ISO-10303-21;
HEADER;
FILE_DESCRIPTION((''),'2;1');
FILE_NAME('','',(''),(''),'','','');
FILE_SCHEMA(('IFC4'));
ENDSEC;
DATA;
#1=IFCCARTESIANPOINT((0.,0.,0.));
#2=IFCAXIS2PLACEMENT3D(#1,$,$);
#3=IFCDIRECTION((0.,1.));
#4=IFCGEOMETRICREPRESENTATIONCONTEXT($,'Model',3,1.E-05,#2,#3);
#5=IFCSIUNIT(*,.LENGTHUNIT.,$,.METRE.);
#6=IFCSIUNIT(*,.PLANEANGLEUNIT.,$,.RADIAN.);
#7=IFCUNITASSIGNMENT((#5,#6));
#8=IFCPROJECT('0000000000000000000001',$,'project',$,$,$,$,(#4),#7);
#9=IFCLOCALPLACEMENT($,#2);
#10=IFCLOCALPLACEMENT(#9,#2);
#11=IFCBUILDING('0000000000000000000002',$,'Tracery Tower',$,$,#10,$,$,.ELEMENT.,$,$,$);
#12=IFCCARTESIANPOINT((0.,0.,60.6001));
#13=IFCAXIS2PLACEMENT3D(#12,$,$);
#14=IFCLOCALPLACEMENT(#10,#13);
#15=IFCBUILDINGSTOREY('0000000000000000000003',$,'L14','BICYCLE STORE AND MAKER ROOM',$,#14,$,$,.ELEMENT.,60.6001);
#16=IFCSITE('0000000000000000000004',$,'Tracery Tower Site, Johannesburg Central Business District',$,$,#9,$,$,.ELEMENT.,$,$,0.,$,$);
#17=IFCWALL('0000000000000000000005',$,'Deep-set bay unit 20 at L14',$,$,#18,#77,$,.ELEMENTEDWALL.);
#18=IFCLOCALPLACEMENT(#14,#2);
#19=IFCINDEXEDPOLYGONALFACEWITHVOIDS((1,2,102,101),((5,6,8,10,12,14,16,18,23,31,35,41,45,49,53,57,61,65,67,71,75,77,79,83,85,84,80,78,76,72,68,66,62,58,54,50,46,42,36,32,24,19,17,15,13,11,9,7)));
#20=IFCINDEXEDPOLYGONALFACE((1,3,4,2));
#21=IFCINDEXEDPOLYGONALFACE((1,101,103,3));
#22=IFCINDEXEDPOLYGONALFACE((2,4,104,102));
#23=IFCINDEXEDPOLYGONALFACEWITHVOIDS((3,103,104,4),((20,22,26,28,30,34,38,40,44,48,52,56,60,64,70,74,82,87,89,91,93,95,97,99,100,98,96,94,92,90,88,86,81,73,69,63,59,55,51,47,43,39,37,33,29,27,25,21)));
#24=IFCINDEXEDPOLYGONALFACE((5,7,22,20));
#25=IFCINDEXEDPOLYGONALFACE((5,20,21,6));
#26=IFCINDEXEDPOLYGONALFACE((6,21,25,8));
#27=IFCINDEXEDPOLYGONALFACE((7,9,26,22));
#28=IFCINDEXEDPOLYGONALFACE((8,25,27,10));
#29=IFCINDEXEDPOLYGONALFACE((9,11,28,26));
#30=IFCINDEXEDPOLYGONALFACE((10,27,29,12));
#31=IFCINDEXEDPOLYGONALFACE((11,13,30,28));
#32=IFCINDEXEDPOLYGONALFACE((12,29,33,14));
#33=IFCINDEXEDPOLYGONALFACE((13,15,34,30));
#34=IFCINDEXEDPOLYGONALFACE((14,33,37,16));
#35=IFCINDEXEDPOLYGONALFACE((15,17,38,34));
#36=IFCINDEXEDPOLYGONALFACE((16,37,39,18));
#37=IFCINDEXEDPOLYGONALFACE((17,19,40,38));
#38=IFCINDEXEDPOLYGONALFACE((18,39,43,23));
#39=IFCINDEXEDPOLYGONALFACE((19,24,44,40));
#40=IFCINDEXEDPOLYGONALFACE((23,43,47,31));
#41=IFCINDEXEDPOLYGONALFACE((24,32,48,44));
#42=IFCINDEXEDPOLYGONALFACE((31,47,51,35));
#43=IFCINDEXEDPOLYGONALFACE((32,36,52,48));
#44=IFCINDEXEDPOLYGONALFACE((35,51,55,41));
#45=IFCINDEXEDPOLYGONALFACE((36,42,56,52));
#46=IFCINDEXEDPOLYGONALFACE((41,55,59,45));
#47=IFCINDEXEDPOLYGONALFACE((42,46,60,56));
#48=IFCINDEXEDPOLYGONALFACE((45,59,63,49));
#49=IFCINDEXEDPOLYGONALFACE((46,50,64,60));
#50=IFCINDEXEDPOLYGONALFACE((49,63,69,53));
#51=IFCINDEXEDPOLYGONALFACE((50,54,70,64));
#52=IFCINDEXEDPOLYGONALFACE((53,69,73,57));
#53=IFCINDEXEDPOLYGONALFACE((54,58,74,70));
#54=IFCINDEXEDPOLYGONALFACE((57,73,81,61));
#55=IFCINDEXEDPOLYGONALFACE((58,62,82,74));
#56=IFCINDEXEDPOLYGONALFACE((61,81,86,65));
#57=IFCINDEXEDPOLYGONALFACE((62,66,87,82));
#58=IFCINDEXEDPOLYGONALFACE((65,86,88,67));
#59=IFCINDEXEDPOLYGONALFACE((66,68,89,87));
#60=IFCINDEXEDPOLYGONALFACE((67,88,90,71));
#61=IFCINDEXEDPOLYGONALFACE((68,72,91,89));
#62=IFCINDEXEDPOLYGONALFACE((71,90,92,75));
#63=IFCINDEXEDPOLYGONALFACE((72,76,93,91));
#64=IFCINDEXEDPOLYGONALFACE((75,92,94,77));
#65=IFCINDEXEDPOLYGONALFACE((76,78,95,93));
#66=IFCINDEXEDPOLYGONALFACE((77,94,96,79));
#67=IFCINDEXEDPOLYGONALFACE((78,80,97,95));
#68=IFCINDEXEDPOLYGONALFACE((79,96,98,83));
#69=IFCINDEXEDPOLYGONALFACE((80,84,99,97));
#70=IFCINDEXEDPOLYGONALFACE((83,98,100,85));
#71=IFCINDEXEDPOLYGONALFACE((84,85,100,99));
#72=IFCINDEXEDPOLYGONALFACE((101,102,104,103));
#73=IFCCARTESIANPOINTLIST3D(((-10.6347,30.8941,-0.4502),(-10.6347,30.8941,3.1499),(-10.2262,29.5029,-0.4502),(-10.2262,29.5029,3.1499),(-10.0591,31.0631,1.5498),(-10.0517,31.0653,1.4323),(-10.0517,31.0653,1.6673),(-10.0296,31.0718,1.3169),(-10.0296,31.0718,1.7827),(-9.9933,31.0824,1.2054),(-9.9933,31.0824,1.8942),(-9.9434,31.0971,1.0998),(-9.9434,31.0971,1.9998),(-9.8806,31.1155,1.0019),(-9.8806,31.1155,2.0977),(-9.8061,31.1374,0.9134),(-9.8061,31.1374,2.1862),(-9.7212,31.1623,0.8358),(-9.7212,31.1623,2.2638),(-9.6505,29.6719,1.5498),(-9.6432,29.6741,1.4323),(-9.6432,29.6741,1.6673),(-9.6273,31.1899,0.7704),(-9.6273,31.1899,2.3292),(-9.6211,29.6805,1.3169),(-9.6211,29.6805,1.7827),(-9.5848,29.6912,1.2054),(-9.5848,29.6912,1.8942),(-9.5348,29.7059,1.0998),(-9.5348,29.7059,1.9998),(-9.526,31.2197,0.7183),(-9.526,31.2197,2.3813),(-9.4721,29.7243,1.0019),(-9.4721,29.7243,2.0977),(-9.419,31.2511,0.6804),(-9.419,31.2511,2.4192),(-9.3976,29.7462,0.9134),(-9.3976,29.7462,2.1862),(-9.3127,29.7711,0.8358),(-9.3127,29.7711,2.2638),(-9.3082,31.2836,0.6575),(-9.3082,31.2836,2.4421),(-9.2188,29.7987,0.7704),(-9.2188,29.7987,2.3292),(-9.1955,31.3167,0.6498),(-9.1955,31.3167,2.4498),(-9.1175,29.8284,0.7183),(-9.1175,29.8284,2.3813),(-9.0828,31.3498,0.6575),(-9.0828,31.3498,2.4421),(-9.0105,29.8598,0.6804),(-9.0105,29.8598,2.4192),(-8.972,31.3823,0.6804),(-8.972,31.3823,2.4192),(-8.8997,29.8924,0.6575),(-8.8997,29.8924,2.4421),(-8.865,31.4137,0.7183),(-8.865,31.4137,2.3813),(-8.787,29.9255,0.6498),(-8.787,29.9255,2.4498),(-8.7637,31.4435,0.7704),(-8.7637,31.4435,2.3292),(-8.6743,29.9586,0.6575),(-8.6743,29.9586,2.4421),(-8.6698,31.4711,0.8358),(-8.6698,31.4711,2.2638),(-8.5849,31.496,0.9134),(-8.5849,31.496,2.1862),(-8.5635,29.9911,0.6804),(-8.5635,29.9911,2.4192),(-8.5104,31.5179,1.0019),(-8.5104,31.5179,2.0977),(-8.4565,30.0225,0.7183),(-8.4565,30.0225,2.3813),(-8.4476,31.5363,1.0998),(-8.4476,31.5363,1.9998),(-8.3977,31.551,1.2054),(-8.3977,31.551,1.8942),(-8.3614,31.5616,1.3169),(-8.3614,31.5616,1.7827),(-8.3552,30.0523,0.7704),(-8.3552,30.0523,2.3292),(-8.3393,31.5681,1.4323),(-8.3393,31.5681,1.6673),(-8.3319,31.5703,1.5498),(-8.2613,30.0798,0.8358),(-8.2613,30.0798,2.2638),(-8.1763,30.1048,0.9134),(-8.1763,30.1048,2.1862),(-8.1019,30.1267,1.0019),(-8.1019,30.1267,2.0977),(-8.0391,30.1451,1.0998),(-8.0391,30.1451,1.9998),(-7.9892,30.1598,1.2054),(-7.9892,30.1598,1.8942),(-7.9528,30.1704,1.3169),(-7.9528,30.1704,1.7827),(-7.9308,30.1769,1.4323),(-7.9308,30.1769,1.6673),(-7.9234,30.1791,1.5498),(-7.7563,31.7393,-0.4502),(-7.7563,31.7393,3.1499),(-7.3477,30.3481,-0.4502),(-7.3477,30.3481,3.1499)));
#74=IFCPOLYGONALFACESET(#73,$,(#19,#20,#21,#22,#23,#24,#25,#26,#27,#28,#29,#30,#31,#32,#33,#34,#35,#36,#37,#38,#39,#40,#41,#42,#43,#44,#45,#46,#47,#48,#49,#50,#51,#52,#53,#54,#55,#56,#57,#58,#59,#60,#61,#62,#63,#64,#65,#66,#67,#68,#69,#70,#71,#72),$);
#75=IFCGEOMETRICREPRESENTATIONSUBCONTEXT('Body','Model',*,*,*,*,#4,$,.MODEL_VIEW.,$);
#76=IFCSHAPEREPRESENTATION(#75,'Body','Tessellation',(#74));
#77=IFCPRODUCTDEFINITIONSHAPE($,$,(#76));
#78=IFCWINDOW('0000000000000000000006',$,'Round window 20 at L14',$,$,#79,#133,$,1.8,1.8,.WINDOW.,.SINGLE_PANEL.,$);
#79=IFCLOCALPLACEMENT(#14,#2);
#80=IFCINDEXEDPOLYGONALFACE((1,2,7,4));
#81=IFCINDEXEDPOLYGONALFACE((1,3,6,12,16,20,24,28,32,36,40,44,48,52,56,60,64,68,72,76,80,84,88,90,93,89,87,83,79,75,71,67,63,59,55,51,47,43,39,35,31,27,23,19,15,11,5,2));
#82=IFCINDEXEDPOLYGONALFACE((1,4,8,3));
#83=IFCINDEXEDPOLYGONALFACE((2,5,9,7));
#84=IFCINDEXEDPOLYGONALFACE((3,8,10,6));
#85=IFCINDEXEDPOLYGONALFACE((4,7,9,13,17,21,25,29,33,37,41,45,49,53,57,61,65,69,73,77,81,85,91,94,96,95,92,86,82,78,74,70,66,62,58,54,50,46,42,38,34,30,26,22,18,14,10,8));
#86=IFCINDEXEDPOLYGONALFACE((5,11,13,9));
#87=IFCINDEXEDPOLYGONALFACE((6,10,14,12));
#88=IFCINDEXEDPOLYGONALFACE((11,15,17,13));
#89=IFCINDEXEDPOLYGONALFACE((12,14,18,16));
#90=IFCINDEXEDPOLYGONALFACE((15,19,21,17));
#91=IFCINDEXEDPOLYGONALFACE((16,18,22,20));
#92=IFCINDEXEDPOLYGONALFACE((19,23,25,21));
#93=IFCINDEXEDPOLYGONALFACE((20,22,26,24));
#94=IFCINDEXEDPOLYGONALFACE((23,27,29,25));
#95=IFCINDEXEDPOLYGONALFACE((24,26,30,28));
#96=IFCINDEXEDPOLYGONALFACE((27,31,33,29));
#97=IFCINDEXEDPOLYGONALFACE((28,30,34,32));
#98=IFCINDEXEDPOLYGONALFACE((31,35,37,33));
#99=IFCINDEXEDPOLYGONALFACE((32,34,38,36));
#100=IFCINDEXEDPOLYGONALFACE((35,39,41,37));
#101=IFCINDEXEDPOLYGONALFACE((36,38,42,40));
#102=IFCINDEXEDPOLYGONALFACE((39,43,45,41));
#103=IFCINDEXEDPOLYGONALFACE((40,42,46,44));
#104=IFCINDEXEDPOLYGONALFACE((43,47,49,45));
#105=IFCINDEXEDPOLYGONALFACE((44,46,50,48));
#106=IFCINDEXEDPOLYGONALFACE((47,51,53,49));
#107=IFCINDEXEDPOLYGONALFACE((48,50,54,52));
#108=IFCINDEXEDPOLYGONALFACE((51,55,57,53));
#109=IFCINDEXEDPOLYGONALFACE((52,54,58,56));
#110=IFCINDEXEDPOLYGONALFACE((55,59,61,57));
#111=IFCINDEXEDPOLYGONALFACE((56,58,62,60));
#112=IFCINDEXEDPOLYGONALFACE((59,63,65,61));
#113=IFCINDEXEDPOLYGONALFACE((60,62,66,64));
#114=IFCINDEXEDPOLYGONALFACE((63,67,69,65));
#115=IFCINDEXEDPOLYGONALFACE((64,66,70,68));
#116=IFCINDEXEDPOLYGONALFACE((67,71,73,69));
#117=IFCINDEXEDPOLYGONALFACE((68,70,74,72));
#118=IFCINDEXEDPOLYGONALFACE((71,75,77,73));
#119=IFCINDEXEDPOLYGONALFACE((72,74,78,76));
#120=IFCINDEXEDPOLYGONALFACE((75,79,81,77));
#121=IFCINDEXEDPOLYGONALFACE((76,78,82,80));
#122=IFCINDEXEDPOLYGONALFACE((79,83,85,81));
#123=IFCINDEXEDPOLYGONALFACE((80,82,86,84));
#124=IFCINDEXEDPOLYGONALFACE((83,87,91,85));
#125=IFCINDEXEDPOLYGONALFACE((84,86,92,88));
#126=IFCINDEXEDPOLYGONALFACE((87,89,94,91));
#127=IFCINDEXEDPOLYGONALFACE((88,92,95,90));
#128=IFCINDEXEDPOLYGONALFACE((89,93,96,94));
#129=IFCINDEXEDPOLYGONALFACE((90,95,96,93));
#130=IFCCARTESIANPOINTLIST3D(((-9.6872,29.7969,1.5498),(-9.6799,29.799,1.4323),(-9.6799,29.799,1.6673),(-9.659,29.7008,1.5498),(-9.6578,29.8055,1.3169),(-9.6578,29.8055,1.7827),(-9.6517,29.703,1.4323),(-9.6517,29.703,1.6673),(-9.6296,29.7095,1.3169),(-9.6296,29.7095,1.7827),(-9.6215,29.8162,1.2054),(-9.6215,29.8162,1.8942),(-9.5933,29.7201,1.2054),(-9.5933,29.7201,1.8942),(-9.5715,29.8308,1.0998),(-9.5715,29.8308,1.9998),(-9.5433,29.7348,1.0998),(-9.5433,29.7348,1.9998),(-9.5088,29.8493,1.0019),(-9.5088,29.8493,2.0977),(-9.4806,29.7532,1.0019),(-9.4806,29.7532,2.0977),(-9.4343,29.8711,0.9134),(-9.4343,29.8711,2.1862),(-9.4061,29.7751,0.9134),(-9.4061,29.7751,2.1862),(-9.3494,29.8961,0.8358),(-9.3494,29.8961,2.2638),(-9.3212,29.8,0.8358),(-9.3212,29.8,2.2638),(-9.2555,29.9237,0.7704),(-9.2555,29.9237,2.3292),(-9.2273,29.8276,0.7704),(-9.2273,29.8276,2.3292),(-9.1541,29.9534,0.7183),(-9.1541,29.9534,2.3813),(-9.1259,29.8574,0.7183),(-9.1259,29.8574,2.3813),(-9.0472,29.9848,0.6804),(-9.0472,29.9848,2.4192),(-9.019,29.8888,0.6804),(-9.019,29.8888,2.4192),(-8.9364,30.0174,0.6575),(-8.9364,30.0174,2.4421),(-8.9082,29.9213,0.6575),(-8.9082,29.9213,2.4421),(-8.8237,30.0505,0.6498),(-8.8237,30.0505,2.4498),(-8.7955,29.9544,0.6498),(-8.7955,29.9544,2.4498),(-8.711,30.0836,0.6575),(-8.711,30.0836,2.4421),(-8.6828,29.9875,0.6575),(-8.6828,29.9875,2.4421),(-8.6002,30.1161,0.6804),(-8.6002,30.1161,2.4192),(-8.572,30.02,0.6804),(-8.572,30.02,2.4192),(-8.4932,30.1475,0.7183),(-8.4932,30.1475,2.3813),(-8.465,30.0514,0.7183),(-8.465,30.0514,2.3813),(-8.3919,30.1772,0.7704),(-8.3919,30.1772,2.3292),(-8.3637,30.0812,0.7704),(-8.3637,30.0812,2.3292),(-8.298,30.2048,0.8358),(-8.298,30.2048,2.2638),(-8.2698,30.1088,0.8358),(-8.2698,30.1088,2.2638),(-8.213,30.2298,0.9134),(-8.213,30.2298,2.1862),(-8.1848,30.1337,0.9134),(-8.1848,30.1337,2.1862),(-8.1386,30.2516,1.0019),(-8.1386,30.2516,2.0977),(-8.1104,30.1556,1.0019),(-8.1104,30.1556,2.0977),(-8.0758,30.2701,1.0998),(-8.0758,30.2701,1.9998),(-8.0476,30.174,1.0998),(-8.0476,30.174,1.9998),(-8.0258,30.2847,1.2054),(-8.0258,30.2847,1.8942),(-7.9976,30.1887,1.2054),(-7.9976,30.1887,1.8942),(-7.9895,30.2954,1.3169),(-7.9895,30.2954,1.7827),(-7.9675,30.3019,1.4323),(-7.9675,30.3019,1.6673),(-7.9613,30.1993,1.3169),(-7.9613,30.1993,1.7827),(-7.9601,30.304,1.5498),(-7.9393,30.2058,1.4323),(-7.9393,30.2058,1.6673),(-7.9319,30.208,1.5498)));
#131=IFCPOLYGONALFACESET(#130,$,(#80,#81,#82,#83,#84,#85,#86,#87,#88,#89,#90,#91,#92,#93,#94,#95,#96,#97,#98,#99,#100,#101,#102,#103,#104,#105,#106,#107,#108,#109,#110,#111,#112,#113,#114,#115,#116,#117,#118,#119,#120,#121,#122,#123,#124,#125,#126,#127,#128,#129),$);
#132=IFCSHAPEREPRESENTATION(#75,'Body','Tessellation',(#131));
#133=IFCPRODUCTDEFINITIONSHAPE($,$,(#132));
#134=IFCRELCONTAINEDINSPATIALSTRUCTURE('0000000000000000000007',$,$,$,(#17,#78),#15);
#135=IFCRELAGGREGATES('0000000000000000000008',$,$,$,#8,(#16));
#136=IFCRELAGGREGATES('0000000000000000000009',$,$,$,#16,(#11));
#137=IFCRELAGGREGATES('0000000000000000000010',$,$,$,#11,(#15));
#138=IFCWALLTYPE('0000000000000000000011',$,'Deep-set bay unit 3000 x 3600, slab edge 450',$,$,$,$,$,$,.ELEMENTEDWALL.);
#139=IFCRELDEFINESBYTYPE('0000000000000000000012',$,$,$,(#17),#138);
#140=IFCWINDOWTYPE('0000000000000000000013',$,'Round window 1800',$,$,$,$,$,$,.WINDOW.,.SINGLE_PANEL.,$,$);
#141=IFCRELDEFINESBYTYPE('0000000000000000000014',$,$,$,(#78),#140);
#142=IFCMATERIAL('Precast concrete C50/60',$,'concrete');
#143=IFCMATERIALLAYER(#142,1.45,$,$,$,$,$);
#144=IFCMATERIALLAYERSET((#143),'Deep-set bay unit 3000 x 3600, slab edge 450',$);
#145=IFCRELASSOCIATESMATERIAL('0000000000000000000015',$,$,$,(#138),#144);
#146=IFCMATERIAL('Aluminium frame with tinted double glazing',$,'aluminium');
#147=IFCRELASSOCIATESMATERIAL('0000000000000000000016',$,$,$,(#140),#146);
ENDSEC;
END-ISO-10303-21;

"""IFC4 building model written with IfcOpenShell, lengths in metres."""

from ifc_helpers import new_model, si_unit, direction, frame, frame_2d, origin, origin_2d, place, context, subcontext, project, spatial, rectangle, circle, extrude, material, layer, layer_set, type_object, element, fill, save


model = new_model("IFC4")

# Units and contexts
model_context = context("Model", 3, precision=1e-05, world=origin(), true_north=direction((0.0, 1.0)))
body_context = subcontext(model_context, "Body", "Model", "MODEL_VIEW")
ifc_project = project(units=[si_unit("LENGTHUNIT", "METRE"), si_unit("PLANEANGLEUNIT", "RADIAN")], contexts=[model_context])

# Site, building, storey
site_placement = place(None, origin())
site = spatial("IfcSite", under=ifc_project, at=site_placement, Name="Tracery Tower Site, Johannesburg Central Business District", CompositionType="ELEMENT", RefElevation=0.0)
building_placement = place(site_placement, origin())
building = spatial("IfcBuilding", under=site, at=building_placement, Name="Tracery Tower", CompositionType="ELEMENT")
storey_placement = place(building_placement, frame((0.0, 0.0, 60.6001)))
storey = spatial("IfcBuildingStorey", under=building, at=storey_placement, Name="L14", Description="BICYCLE STORE AND MAKER ROOM", CompositionType="ELEMENT", Elevation=60.6001)

# Wall, opening, window
ifc_material_1 = material(Name="Precast concrete C50/60", Category="concrete")
ifc_layer_1 = layer(ifc_material_1, 1.45)
ifc_layer_set_1 = layer_set([ifc_layer_1], Name="Deep-set bay unit 3000 x 3600, slab edge 450")
wall_type_1 = type_object("IfcWallType", Name="Deep-set bay unit 3000 x 3600, slab edge 450", PredefinedType="ELEMENTEDWALL", material=ifc_layer_set_1)
wall_1_placement = place(storey_placement, frame((-7.552, 31.0437, -0.4502), z_axis=(0.0, 0.0, 1.0), x_axis=(-0.95949, -0.281743, 0.0)))
wall_1 = element("IfcWall", 1, at=wall_1_placement, inside=storey, type_object=wall_type_1, Name="Deep-set bay unit 20 at L14", PredefinedType="ELEMENTEDWALL", context=body_context, shape_type="SweptSolid", body=[
    extrude(rectangle(XDim=3.0, YDim=1.45, at=frame_2d((1.5, 0.0))), origin(), (0.0, 0.0, 1.0), 3.6001),
])
opening_1_placement = place(wall_1_placement, frame((1.5, 0.0, 2.0)))
opening_1 = element("IfcOpeningElement", 2, at=opening_1_placement, cuts=wall_1, PredefinedType="OPENING", context=body_context, shape_type="SweptSolid", body=[
    extrude(circle(Radius=0.9, at=origin_2d()), frame((0.0, 0.7349, 0.0), z_axis=(0.0, -1.0, 0.0), x_axis=(1.0, 0.0, 0.0)), (0.0, 0.0, 1.0), 1.47),
])
ifc_material_2 = material(Name="Aluminium frame with tinted double glazing", Category="aluminium")
window_type = type_object("IfcWindowType", Name="Round window 1800", PartitioningType="SINGLE_PANEL", PredefinedType="WINDOW", material=ifc_material_2)
window_1_placement = place(opening_1_placement, origin())
window_1 = element("IfcWindow", 3, at=window_1_placement, inside=storey, type_object=window_type, Name="Round window 20 at L14", OverallHeight=1.8, OverallWidth=1.8, PartitioningType="SINGLE_PANEL", PredefinedType="WINDOW", context=body_context, shape_type="SweptSolid", body=[
    extrude(circle(Radius=0.9, at=origin_2d()), frame((0.0, 0.6948, 0.0), z_axis=(0.0, -1.0, 0.0), x_axis=(1.0, 0.0, 0.0)), (0.0, 0.0, 1.0), 0.1001),
])
fill(opening_1, window_1)

save(model, "model.ifc")
